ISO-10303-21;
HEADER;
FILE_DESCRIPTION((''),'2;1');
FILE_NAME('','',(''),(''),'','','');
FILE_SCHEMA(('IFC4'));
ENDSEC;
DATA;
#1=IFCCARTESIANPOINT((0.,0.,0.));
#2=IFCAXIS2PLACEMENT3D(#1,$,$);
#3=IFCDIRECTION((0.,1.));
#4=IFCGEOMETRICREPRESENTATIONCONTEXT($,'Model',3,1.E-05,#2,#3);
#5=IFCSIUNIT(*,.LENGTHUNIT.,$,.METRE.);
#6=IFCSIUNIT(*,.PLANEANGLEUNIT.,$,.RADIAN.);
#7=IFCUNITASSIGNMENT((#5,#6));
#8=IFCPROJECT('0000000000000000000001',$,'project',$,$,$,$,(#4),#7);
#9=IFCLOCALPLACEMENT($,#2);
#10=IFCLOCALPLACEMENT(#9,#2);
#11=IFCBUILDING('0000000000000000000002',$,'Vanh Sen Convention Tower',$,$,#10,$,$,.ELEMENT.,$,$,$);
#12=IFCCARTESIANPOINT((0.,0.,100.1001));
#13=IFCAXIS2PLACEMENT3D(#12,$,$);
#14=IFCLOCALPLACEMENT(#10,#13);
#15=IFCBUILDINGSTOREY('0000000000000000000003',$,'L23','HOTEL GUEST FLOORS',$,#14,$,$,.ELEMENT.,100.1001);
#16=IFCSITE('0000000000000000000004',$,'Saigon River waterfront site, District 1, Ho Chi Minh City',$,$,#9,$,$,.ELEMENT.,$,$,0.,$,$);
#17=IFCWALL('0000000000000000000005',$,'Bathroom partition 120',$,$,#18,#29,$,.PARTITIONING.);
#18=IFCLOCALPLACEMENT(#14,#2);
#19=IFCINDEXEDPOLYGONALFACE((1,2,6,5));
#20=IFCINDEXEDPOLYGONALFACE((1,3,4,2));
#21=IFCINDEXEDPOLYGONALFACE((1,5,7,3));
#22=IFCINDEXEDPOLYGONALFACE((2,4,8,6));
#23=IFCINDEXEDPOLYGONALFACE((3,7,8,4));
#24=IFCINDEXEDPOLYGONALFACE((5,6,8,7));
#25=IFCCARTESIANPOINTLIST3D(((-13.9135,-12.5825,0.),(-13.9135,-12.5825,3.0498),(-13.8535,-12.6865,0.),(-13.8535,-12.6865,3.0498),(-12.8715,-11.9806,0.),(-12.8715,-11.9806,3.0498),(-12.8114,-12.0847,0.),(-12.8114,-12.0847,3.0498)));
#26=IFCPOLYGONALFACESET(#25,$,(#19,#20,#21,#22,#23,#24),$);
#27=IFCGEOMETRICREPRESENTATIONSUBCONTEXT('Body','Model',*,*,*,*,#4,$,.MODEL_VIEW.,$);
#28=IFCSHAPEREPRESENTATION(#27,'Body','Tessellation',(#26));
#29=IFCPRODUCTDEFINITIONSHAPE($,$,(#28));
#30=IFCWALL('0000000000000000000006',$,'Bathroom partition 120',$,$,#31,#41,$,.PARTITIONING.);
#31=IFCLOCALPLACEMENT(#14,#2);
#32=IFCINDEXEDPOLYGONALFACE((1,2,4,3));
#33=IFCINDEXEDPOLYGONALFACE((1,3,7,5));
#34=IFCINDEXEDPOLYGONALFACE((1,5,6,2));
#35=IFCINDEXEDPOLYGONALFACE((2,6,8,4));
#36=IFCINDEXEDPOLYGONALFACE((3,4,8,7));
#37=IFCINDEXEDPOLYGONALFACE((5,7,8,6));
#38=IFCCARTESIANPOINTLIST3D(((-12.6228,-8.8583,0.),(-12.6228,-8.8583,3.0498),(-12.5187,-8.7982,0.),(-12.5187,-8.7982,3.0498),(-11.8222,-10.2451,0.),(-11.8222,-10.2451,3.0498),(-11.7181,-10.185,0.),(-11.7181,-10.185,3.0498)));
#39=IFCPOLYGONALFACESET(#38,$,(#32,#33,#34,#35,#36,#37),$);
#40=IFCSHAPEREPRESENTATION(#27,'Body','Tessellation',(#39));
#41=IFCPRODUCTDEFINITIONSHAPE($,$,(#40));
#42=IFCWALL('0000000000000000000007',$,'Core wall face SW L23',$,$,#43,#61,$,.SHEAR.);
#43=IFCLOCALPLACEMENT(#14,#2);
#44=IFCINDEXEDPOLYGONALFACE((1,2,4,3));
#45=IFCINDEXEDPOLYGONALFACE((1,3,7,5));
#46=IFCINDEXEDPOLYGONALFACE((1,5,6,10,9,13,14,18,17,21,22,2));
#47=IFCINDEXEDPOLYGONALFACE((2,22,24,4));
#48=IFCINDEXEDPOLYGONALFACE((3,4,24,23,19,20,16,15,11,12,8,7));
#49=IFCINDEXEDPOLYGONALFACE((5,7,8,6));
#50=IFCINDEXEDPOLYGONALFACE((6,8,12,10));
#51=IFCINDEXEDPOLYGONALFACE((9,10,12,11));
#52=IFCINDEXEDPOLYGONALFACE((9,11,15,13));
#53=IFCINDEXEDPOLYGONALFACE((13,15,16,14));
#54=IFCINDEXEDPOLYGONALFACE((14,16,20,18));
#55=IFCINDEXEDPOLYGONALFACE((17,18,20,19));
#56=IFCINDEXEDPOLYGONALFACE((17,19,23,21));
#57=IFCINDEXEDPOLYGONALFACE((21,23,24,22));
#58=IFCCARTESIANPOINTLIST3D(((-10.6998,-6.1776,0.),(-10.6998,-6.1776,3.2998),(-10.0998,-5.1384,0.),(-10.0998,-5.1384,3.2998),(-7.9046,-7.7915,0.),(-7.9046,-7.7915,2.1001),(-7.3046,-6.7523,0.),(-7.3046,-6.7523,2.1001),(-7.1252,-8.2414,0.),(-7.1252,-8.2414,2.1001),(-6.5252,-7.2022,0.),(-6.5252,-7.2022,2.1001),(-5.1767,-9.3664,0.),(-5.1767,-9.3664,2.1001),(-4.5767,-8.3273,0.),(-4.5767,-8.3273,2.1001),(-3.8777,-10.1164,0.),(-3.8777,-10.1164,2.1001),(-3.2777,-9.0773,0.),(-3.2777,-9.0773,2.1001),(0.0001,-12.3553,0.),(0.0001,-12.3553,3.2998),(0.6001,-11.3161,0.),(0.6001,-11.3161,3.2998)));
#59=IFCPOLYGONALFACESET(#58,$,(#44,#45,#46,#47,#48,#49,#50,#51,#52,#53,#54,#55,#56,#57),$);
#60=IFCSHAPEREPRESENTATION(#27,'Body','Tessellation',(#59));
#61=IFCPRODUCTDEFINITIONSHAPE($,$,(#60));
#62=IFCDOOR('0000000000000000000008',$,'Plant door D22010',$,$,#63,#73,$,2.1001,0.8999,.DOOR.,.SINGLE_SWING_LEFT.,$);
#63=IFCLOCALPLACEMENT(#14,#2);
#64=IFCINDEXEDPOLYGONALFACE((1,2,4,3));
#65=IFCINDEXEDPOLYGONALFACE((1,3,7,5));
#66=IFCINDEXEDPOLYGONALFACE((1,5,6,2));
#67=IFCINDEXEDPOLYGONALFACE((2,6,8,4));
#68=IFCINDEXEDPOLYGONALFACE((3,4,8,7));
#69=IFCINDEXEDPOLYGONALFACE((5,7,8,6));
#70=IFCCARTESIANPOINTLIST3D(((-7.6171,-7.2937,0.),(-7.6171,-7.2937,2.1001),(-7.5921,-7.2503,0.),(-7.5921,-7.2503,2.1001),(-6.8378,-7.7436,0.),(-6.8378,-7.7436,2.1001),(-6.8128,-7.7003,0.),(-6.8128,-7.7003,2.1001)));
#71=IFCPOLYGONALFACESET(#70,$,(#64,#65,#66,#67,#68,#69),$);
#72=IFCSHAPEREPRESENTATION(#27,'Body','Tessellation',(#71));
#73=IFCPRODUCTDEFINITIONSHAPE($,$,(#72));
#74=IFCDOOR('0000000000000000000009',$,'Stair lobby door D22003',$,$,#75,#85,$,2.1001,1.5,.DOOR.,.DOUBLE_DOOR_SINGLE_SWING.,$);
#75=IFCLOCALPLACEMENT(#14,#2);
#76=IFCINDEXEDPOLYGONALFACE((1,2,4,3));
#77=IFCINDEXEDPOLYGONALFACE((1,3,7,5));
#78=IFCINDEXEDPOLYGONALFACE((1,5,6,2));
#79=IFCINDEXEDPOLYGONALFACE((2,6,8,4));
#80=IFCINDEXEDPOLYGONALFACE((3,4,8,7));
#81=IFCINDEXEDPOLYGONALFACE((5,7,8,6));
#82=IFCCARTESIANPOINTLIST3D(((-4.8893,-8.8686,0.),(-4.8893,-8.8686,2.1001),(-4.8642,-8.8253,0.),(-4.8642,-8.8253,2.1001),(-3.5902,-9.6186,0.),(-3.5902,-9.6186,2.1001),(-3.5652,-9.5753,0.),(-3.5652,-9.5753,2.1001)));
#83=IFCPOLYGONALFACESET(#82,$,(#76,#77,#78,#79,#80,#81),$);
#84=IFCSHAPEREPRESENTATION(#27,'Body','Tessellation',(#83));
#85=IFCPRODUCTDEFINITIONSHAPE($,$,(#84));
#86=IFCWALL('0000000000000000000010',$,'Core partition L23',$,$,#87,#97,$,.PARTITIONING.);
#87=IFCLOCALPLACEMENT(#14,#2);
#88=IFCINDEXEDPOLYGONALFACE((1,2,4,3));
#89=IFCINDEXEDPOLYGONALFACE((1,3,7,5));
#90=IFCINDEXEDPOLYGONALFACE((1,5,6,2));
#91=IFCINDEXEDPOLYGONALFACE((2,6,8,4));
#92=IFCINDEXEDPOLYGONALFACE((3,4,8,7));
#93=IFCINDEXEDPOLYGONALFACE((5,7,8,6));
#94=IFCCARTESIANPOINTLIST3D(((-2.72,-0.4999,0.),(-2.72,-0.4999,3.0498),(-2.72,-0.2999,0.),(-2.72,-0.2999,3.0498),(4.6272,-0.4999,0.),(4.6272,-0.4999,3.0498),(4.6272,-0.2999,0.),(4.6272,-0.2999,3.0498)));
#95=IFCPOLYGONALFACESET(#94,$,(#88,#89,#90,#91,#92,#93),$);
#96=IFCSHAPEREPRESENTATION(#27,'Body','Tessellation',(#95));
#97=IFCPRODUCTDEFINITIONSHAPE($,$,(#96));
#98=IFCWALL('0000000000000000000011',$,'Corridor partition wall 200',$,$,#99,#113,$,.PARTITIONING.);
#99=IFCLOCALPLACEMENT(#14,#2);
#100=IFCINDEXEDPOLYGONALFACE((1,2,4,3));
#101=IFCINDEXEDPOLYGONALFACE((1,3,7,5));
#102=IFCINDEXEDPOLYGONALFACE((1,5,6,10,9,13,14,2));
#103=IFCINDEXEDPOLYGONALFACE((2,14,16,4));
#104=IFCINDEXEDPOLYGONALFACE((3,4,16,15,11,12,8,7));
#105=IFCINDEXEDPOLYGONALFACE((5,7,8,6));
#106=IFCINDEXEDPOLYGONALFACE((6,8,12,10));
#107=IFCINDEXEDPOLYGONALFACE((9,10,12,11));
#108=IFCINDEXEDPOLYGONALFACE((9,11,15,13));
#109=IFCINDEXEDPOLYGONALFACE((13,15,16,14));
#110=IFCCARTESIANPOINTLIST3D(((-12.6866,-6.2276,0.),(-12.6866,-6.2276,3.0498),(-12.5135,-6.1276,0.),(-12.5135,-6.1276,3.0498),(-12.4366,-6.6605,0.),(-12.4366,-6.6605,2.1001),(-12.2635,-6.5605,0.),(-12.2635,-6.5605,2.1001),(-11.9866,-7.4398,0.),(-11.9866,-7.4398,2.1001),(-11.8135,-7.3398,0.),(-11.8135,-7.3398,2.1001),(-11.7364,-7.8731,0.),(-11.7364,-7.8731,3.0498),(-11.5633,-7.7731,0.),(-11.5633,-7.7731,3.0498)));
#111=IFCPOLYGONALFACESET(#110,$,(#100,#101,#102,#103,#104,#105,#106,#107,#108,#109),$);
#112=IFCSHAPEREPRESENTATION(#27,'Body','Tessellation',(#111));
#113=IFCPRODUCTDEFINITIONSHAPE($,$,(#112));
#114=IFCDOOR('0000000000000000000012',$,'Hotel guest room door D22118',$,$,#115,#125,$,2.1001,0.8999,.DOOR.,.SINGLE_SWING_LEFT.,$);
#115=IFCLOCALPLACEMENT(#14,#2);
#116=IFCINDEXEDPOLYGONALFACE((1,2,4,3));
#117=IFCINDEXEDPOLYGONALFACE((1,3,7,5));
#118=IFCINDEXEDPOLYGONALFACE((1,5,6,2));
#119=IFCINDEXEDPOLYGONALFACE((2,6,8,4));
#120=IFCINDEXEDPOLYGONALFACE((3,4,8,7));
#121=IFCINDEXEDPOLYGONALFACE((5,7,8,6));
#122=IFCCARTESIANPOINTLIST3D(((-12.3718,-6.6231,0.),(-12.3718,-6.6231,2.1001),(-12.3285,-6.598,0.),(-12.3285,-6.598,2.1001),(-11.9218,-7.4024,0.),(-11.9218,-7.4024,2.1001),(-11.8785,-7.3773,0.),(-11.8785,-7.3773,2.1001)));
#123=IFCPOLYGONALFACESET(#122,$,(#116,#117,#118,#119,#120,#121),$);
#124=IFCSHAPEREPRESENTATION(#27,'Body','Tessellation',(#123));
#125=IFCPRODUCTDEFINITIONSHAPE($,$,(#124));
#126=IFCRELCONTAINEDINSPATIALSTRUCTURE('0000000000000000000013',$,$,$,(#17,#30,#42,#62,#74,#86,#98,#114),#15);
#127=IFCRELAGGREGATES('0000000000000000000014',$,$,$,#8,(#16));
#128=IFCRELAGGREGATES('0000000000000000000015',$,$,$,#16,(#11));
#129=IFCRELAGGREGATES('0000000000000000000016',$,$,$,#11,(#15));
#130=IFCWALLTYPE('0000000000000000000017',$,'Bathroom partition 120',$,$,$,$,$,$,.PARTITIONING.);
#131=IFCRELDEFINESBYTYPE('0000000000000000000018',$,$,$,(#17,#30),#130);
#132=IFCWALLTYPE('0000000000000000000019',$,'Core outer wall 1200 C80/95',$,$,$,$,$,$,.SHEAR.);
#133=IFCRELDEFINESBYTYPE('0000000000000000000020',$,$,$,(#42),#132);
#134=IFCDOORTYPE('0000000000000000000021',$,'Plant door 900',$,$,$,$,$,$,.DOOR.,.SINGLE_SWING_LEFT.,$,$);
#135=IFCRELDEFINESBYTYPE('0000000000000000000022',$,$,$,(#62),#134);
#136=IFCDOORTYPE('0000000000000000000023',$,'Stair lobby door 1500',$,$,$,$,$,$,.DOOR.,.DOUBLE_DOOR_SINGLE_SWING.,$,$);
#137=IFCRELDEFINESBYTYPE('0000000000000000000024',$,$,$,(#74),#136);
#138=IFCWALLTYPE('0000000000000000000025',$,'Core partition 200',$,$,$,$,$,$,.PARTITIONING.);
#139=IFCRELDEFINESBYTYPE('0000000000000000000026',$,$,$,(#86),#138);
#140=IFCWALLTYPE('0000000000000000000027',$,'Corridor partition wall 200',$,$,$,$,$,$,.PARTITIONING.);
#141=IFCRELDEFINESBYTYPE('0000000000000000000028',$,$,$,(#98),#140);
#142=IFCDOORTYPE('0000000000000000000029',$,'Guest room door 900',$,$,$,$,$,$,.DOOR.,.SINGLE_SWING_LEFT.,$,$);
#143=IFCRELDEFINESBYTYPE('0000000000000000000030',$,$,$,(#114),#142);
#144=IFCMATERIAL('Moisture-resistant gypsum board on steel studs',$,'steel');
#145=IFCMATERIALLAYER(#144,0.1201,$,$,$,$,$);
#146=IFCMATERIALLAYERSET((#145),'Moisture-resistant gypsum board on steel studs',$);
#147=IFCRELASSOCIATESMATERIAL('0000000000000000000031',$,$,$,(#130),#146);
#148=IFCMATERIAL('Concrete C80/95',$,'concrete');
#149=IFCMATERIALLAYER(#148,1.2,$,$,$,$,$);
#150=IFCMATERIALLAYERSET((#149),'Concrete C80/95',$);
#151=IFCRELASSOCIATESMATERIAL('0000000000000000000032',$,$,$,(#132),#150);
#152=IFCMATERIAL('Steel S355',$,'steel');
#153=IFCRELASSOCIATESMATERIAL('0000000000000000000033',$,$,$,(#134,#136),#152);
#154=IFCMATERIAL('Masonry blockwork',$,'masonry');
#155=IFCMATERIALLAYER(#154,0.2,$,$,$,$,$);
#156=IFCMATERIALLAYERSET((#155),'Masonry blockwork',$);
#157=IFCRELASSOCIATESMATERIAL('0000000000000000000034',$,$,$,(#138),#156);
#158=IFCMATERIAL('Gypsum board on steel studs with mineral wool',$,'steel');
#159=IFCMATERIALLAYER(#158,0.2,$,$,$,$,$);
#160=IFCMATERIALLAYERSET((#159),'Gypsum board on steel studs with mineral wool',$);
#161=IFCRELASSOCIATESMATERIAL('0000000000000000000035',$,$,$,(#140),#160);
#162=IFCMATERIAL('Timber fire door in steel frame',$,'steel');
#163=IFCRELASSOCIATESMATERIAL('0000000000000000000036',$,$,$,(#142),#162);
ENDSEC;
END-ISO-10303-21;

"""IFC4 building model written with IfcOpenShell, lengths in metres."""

from ifc_helpers import new_model, si_unit, direction, frame, frame_2d, origin, place, context, subcontext, project, spatial, rectangle, extrude, material, layer, layer_set, type_object, element, fill, save


model = new_model("IFC4")

# Units and contexts
model_context = context("Model", 3, precision=1e-05, world=origin(), true_north=direction((0.0, 1.0)))
body_context = subcontext(model_context, "Body", "Model", "MODEL_VIEW")
ifc_project = project(units=[si_unit("LENGTHUNIT", "METRE"), si_unit("PLANEANGLEUNIT", "RADIAN")], contexts=[model_context])

# Site, building, storey
site_placement = place(None, origin())
site = spatial("IfcSite", under=ifc_project, at=site_placement, Name="Saigon River waterfront site, District 1, Ho Chi Minh City", CompositionType="ELEMENT", RefElevation=0.0)
building_placement = place(site_placement, origin())
building = spatial("IfcBuilding", under=site, at=building_placement, Name="Vanh Sen Convention Tower", CompositionType="ELEMENT")
storey_placement = place(building_placement, frame((0.0, 0.0, 100.1001)))
storey = spatial("IfcBuildingStorey", under=building, at=storey_placement, Name="L23", Description="HOTEL GUEST FLOORS", CompositionType="ELEMENT", Elevation=100.1001)

# Walls
ifc_material_1 = material(Name="Moisture-resistant gypsum board on steel studs", Category="steel")
ifc_layer_1 = layer(ifc_material_1, 0.1201)
ifc_layer_set_1 = layer_set([ifc_layer_1], Name="Moisture-resistant gypsum board on steel studs")
wall_type_1 = type_object("IfcWallType", Name="Bathroom partition 120", PredefinedType="PARTITIONING", material=ifc_layer_set_1)
wall_1_placement = place(storey_placement, frame((-12.8416, -12.0327, 0.0), z_axis=(0.0, 0.0, 1.0), x_axis=(-0.865949, -0.500132, 0.0)))
element("IfcWall", 1, at=wall_1_placement, inside=storey, type_object=wall_type_1, Name="Bathroom partition 120", PredefinedType="PARTITIONING", context=body_context, shape_type="SweptSolid", body=[
    extrude(rectangle(XDim=1.2034, YDim=0.1201, at=frame_2d((0.6016, 0.0))), origin(), (0.0, 0.0, 1.0), 3.0498),
])
wall_2_placement = place(storey_placement, frame((-12.5708, -8.8281, 0.0), z_axis=(0.0, 0.0, 1.0), x_axis=(0.49996, -0.866048, 0.0)))
element("IfcWall", 2, at=wall_2_placement, inside=storey, type_object=wall_type_1, Name="Bathroom partition 120", PredefinedType="PARTITIONING", context=body_context, shape_type="SweptSolid", body=[
    extrude(rectangle(XDim=1.6013, YDim=0.1201, at=frame_2d((0.8008, 0.0))), origin(), (0.0, 0.0, 1.0), 3.0498),
])

# Wall, openings, doors
ifc_material_2 = material(Name="Concrete C80/95", Category="concrete")
ifc_layer_2 = layer(ifc_material_2, 1.2)
ifc_layer_set_2 = layer_set([ifc_layer_2], Name="Concrete C80/95")
wall_type_2 = type_object("IfcWallType", Name="Core outer wall 1200 C80/95", PredefinedType="SHEAR", material=ifc_layer_set_2)
wall_3_placement = place(storey_placement, frame((-10.3999, -5.658, 0.0), z_axis=(0.0, 0.0, 1.0), x_axis=(0.866021, -0.500007, 0.0)))
wall_3 = element("IfcWall", 3, at=wall_3_placement, inside=storey, type_object=wall_type_2, Name="Core wall face SW L23", PredefinedType="SHEAR", context=body_context, shape_type="SweptSolid", body=[
    extrude(rectangle(XDim=12.3552, YDim=1.2, at=frame_2d((6.1777, 0.0))), origin(), (0.0, 0.0, 1.0), 3.2998),
])
opening_1_placement = place(wall_3_placement, frame((6.3777, 0.0, 0.0)))
opening_1 = element("IfcOpeningElement", 4, at=opening_1_placement, cuts=wall_3, PredefinedType="OPENING", context=body_context, shape_type="SweptSolid", body=[
    extrude(rectangle(XDim=1.5, YDim=2.1001, at=frame_2d((0.75, 1.05))), frame((0.0, 0.6099, 0.0), z_axis=(0.0, -1.0, 0.0), x_axis=(1.0, 0.0, 0.0)), (0.0, 0.0, 1.0), 1.22),
])
opening_2_placement = place(wall_3_placement, frame((3.2278, 0.0, 0.0)))
opening_2 = element("IfcOpeningElement", 5, at=opening_2_placement, cuts=wall_3, PredefinedType="OPENING", context=body_context, shape_type="SweptSolid", body=[
    extrude(rectangle(XDim=0.8999, YDim=2.1001, at=frame_2d((0.45, 1.05))), frame((0.0, 0.6099, 0.0), z_axis=(0.0, -1.0, 0.0), x_axis=(1.0, 0.0, 0.0)), (0.0, 0.0, 1.0), 1.22),
])
ifc_material_3 = material(Name="Steel S355", Category="steel")
door_type_1 = type_object("IfcDoorType", Name="Plant door 900", OperationType="SINGLE_SWING_LEFT", PredefinedType="DOOR", material=ifc_material_3)
door_1_placement = place(opening_2_placement, origin())
door_1 = element("IfcDoor", 6, at=door_1_placement, inside=storey, type_object=door_type_1, Name="Plant door D22010", OperationType="SINGLE_SWING_LEFT", OverallHeight=2.1001, OverallWidth=0.8999, PredefinedType="DOOR", context=body_context, shape_type="SweptSolid", body=[
    extrude(rectangle(XDim=0.8999, YDim=2.1001, at=frame_2d((0.45, 1.05))), frame((0.0, 0.0249, 0.0), z_axis=(0.0, -1.0, 0.0), x_axis=(1.0, 0.0, 0.0)), (0.0, 0.0, 1.0), 0.05),
])
fill(opening_2, door_1)
door_type_2 = type_object("IfcDoorType", Name="Stair lobby door 1500", OperationType="DOUBLE_DOOR_SINGLE_SWING", PredefinedType="DOOR", material=ifc_material_3)
door_2_placement = place(opening_1_placement, origin())
door_2 = element("IfcDoor", 7, at=door_2_placement, inside=storey, type_object=door_type_2, Name="Stair lobby door D22003", OperationType="DOUBLE_DOOR_SINGLE_SWING", OverallHeight=2.1001, OverallWidth=1.5, PredefinedType="DOOR", context=body_context, shape_type="SweptSolid", body=[
    extrude(rectangle(XDim=1.5, YDim=2.1001, at=frame_2d((0.75, 1.05))), frame((0.0, 0.0249, 0.0), z_axis=(0.0, -1.0, 0.0), x_axis=(1.0, 0.0, 0.0)), (0.0, 0.0, 1.0), 0.05),
])
fill(opening_1, door_2)

# Wall
ifc_material_4 = material(Name="Masonry blockwork", Category="masonry")
ifc_layer_3 = layer(ifc_material_4, 0.2)
ifc_layer_set_3 = layer_set([ifc_layer_3], Name="Masonry blockwork")
wall_type_3 = type_object("IfcWallType", Name="Core partition 200", PredefinedType="PARTITIONING", material=ifc_layer_set_3)
wall_4_placement = place(storey_placement, frame((-2.72, -0.3999, 0.0), z_axis=(0.0, 0.0, 1.0), x_axis=(1.0, 0.0, 0.0)))
element("IfcWall", 8, at=wall_4_placement, inside=storey, type_object=wall_type_3, Name="Core partition L23", PredefinedType="PARTITIONING", context=body_context, shape_type="SweptSolid", body=[
    extrude(rectangle(XDim=7.3472, YDim=0.2, at=frame_2d((3.6736, 0.0))), origin(), (0.0, 0.0, 1.0), 3.0498),
])

# Wall, opening, door
ifc_material_5 = material(Name="Gypsum board on steel studs with mineral wool", Category="steel")
ifc_layer_4 = layer(ifc_material_5, 0.2)
ifc_layer_set_4 = layer_set([ifc_layer_4], Name="Gypsum board on steel studs with mineral wool")
wall_type_4 = type_object("IfcWallType", Name="Corridor partition wall 200", PredefinedType="PARTITIONING", material=ifc_layer_set_4)
wall_5_placement = place(storey_placement, frame((-12.6001, -6.1775, 0.0), z_axis=(0.0, 0.0, 1.0), x_axis=(0.500064, -0.865989, 0.0)))
wall_5 = element("IfcWall", 9, at=wall_5_placement, inside=storey, type_object=wall_type_4, Name="Corridor partition wall 200", PredefinedType="PARTITIONING", context=body_context, shape_type="SweptSolid", body=[
    extrude(rectangle(XDim=1.9001, YDim=0.2, at=frame_2d((0.9502, 0.0))), origin(), (0.0, 0.0, 1.0), 3.0498),
])
opening_3_placement = place(wall_5_placement, frame((0.5, 0.0, 0.0)))
opening_3 = element("IfcOpeningElement", 10, at=opening_3_placement, cuts=wall_5, PredefinedType="OPENING", context=body_context, shape_type="SweptSolid", body=[
    extrude(rectangle(XDim=0.8999, YDim=2.1001, at=frame_2d((0.45, 1.05))), frame((0.0, 0.1099, 0.0), z_axis=(0.0, -1.0, 0.0), x_axis=(1.0, 0.0, 0.0)), (0.0, 0.0, 1.0), 0.22),
])
ifc_material_6 = material(Name="Timber fire door in steel frame", Category="steel")
door_type_3 = type_object("IfcDoorType", Name="Guest room door 900", OperationType="SINGLE_SWING_LEFT", PredefinedType="DOOR", material=ifc_material_6)
door_3_placement = place(opening_3_placement, origin())
door_3 = element("IfcDoor", 11, at=door_3_placement, inside=storey, type_object=door_type_3, Name="Hotel guest room door D22118", OperationType="SINGLE_SWING_LEFT", OverallHeight=2.1001, OverallWidth=0.8999, PredefinedType="DOOR", context=body_context, shape_type="SweptSolid", body=[
    extrude(rectangle(XDim=0.8999, YDim=2.1001, at=frame_2d((0.45, 1.05))), frame((0.0, 0.0249, 0.0), z_axis=(0.0, -1.0, 0.0), x_axis=(1.0, 0.0, 0.0)), (0.0, 0.0, 1.0), 0.05),
])
fill(opening_3, door_3)

save(model, "model.ifc")
